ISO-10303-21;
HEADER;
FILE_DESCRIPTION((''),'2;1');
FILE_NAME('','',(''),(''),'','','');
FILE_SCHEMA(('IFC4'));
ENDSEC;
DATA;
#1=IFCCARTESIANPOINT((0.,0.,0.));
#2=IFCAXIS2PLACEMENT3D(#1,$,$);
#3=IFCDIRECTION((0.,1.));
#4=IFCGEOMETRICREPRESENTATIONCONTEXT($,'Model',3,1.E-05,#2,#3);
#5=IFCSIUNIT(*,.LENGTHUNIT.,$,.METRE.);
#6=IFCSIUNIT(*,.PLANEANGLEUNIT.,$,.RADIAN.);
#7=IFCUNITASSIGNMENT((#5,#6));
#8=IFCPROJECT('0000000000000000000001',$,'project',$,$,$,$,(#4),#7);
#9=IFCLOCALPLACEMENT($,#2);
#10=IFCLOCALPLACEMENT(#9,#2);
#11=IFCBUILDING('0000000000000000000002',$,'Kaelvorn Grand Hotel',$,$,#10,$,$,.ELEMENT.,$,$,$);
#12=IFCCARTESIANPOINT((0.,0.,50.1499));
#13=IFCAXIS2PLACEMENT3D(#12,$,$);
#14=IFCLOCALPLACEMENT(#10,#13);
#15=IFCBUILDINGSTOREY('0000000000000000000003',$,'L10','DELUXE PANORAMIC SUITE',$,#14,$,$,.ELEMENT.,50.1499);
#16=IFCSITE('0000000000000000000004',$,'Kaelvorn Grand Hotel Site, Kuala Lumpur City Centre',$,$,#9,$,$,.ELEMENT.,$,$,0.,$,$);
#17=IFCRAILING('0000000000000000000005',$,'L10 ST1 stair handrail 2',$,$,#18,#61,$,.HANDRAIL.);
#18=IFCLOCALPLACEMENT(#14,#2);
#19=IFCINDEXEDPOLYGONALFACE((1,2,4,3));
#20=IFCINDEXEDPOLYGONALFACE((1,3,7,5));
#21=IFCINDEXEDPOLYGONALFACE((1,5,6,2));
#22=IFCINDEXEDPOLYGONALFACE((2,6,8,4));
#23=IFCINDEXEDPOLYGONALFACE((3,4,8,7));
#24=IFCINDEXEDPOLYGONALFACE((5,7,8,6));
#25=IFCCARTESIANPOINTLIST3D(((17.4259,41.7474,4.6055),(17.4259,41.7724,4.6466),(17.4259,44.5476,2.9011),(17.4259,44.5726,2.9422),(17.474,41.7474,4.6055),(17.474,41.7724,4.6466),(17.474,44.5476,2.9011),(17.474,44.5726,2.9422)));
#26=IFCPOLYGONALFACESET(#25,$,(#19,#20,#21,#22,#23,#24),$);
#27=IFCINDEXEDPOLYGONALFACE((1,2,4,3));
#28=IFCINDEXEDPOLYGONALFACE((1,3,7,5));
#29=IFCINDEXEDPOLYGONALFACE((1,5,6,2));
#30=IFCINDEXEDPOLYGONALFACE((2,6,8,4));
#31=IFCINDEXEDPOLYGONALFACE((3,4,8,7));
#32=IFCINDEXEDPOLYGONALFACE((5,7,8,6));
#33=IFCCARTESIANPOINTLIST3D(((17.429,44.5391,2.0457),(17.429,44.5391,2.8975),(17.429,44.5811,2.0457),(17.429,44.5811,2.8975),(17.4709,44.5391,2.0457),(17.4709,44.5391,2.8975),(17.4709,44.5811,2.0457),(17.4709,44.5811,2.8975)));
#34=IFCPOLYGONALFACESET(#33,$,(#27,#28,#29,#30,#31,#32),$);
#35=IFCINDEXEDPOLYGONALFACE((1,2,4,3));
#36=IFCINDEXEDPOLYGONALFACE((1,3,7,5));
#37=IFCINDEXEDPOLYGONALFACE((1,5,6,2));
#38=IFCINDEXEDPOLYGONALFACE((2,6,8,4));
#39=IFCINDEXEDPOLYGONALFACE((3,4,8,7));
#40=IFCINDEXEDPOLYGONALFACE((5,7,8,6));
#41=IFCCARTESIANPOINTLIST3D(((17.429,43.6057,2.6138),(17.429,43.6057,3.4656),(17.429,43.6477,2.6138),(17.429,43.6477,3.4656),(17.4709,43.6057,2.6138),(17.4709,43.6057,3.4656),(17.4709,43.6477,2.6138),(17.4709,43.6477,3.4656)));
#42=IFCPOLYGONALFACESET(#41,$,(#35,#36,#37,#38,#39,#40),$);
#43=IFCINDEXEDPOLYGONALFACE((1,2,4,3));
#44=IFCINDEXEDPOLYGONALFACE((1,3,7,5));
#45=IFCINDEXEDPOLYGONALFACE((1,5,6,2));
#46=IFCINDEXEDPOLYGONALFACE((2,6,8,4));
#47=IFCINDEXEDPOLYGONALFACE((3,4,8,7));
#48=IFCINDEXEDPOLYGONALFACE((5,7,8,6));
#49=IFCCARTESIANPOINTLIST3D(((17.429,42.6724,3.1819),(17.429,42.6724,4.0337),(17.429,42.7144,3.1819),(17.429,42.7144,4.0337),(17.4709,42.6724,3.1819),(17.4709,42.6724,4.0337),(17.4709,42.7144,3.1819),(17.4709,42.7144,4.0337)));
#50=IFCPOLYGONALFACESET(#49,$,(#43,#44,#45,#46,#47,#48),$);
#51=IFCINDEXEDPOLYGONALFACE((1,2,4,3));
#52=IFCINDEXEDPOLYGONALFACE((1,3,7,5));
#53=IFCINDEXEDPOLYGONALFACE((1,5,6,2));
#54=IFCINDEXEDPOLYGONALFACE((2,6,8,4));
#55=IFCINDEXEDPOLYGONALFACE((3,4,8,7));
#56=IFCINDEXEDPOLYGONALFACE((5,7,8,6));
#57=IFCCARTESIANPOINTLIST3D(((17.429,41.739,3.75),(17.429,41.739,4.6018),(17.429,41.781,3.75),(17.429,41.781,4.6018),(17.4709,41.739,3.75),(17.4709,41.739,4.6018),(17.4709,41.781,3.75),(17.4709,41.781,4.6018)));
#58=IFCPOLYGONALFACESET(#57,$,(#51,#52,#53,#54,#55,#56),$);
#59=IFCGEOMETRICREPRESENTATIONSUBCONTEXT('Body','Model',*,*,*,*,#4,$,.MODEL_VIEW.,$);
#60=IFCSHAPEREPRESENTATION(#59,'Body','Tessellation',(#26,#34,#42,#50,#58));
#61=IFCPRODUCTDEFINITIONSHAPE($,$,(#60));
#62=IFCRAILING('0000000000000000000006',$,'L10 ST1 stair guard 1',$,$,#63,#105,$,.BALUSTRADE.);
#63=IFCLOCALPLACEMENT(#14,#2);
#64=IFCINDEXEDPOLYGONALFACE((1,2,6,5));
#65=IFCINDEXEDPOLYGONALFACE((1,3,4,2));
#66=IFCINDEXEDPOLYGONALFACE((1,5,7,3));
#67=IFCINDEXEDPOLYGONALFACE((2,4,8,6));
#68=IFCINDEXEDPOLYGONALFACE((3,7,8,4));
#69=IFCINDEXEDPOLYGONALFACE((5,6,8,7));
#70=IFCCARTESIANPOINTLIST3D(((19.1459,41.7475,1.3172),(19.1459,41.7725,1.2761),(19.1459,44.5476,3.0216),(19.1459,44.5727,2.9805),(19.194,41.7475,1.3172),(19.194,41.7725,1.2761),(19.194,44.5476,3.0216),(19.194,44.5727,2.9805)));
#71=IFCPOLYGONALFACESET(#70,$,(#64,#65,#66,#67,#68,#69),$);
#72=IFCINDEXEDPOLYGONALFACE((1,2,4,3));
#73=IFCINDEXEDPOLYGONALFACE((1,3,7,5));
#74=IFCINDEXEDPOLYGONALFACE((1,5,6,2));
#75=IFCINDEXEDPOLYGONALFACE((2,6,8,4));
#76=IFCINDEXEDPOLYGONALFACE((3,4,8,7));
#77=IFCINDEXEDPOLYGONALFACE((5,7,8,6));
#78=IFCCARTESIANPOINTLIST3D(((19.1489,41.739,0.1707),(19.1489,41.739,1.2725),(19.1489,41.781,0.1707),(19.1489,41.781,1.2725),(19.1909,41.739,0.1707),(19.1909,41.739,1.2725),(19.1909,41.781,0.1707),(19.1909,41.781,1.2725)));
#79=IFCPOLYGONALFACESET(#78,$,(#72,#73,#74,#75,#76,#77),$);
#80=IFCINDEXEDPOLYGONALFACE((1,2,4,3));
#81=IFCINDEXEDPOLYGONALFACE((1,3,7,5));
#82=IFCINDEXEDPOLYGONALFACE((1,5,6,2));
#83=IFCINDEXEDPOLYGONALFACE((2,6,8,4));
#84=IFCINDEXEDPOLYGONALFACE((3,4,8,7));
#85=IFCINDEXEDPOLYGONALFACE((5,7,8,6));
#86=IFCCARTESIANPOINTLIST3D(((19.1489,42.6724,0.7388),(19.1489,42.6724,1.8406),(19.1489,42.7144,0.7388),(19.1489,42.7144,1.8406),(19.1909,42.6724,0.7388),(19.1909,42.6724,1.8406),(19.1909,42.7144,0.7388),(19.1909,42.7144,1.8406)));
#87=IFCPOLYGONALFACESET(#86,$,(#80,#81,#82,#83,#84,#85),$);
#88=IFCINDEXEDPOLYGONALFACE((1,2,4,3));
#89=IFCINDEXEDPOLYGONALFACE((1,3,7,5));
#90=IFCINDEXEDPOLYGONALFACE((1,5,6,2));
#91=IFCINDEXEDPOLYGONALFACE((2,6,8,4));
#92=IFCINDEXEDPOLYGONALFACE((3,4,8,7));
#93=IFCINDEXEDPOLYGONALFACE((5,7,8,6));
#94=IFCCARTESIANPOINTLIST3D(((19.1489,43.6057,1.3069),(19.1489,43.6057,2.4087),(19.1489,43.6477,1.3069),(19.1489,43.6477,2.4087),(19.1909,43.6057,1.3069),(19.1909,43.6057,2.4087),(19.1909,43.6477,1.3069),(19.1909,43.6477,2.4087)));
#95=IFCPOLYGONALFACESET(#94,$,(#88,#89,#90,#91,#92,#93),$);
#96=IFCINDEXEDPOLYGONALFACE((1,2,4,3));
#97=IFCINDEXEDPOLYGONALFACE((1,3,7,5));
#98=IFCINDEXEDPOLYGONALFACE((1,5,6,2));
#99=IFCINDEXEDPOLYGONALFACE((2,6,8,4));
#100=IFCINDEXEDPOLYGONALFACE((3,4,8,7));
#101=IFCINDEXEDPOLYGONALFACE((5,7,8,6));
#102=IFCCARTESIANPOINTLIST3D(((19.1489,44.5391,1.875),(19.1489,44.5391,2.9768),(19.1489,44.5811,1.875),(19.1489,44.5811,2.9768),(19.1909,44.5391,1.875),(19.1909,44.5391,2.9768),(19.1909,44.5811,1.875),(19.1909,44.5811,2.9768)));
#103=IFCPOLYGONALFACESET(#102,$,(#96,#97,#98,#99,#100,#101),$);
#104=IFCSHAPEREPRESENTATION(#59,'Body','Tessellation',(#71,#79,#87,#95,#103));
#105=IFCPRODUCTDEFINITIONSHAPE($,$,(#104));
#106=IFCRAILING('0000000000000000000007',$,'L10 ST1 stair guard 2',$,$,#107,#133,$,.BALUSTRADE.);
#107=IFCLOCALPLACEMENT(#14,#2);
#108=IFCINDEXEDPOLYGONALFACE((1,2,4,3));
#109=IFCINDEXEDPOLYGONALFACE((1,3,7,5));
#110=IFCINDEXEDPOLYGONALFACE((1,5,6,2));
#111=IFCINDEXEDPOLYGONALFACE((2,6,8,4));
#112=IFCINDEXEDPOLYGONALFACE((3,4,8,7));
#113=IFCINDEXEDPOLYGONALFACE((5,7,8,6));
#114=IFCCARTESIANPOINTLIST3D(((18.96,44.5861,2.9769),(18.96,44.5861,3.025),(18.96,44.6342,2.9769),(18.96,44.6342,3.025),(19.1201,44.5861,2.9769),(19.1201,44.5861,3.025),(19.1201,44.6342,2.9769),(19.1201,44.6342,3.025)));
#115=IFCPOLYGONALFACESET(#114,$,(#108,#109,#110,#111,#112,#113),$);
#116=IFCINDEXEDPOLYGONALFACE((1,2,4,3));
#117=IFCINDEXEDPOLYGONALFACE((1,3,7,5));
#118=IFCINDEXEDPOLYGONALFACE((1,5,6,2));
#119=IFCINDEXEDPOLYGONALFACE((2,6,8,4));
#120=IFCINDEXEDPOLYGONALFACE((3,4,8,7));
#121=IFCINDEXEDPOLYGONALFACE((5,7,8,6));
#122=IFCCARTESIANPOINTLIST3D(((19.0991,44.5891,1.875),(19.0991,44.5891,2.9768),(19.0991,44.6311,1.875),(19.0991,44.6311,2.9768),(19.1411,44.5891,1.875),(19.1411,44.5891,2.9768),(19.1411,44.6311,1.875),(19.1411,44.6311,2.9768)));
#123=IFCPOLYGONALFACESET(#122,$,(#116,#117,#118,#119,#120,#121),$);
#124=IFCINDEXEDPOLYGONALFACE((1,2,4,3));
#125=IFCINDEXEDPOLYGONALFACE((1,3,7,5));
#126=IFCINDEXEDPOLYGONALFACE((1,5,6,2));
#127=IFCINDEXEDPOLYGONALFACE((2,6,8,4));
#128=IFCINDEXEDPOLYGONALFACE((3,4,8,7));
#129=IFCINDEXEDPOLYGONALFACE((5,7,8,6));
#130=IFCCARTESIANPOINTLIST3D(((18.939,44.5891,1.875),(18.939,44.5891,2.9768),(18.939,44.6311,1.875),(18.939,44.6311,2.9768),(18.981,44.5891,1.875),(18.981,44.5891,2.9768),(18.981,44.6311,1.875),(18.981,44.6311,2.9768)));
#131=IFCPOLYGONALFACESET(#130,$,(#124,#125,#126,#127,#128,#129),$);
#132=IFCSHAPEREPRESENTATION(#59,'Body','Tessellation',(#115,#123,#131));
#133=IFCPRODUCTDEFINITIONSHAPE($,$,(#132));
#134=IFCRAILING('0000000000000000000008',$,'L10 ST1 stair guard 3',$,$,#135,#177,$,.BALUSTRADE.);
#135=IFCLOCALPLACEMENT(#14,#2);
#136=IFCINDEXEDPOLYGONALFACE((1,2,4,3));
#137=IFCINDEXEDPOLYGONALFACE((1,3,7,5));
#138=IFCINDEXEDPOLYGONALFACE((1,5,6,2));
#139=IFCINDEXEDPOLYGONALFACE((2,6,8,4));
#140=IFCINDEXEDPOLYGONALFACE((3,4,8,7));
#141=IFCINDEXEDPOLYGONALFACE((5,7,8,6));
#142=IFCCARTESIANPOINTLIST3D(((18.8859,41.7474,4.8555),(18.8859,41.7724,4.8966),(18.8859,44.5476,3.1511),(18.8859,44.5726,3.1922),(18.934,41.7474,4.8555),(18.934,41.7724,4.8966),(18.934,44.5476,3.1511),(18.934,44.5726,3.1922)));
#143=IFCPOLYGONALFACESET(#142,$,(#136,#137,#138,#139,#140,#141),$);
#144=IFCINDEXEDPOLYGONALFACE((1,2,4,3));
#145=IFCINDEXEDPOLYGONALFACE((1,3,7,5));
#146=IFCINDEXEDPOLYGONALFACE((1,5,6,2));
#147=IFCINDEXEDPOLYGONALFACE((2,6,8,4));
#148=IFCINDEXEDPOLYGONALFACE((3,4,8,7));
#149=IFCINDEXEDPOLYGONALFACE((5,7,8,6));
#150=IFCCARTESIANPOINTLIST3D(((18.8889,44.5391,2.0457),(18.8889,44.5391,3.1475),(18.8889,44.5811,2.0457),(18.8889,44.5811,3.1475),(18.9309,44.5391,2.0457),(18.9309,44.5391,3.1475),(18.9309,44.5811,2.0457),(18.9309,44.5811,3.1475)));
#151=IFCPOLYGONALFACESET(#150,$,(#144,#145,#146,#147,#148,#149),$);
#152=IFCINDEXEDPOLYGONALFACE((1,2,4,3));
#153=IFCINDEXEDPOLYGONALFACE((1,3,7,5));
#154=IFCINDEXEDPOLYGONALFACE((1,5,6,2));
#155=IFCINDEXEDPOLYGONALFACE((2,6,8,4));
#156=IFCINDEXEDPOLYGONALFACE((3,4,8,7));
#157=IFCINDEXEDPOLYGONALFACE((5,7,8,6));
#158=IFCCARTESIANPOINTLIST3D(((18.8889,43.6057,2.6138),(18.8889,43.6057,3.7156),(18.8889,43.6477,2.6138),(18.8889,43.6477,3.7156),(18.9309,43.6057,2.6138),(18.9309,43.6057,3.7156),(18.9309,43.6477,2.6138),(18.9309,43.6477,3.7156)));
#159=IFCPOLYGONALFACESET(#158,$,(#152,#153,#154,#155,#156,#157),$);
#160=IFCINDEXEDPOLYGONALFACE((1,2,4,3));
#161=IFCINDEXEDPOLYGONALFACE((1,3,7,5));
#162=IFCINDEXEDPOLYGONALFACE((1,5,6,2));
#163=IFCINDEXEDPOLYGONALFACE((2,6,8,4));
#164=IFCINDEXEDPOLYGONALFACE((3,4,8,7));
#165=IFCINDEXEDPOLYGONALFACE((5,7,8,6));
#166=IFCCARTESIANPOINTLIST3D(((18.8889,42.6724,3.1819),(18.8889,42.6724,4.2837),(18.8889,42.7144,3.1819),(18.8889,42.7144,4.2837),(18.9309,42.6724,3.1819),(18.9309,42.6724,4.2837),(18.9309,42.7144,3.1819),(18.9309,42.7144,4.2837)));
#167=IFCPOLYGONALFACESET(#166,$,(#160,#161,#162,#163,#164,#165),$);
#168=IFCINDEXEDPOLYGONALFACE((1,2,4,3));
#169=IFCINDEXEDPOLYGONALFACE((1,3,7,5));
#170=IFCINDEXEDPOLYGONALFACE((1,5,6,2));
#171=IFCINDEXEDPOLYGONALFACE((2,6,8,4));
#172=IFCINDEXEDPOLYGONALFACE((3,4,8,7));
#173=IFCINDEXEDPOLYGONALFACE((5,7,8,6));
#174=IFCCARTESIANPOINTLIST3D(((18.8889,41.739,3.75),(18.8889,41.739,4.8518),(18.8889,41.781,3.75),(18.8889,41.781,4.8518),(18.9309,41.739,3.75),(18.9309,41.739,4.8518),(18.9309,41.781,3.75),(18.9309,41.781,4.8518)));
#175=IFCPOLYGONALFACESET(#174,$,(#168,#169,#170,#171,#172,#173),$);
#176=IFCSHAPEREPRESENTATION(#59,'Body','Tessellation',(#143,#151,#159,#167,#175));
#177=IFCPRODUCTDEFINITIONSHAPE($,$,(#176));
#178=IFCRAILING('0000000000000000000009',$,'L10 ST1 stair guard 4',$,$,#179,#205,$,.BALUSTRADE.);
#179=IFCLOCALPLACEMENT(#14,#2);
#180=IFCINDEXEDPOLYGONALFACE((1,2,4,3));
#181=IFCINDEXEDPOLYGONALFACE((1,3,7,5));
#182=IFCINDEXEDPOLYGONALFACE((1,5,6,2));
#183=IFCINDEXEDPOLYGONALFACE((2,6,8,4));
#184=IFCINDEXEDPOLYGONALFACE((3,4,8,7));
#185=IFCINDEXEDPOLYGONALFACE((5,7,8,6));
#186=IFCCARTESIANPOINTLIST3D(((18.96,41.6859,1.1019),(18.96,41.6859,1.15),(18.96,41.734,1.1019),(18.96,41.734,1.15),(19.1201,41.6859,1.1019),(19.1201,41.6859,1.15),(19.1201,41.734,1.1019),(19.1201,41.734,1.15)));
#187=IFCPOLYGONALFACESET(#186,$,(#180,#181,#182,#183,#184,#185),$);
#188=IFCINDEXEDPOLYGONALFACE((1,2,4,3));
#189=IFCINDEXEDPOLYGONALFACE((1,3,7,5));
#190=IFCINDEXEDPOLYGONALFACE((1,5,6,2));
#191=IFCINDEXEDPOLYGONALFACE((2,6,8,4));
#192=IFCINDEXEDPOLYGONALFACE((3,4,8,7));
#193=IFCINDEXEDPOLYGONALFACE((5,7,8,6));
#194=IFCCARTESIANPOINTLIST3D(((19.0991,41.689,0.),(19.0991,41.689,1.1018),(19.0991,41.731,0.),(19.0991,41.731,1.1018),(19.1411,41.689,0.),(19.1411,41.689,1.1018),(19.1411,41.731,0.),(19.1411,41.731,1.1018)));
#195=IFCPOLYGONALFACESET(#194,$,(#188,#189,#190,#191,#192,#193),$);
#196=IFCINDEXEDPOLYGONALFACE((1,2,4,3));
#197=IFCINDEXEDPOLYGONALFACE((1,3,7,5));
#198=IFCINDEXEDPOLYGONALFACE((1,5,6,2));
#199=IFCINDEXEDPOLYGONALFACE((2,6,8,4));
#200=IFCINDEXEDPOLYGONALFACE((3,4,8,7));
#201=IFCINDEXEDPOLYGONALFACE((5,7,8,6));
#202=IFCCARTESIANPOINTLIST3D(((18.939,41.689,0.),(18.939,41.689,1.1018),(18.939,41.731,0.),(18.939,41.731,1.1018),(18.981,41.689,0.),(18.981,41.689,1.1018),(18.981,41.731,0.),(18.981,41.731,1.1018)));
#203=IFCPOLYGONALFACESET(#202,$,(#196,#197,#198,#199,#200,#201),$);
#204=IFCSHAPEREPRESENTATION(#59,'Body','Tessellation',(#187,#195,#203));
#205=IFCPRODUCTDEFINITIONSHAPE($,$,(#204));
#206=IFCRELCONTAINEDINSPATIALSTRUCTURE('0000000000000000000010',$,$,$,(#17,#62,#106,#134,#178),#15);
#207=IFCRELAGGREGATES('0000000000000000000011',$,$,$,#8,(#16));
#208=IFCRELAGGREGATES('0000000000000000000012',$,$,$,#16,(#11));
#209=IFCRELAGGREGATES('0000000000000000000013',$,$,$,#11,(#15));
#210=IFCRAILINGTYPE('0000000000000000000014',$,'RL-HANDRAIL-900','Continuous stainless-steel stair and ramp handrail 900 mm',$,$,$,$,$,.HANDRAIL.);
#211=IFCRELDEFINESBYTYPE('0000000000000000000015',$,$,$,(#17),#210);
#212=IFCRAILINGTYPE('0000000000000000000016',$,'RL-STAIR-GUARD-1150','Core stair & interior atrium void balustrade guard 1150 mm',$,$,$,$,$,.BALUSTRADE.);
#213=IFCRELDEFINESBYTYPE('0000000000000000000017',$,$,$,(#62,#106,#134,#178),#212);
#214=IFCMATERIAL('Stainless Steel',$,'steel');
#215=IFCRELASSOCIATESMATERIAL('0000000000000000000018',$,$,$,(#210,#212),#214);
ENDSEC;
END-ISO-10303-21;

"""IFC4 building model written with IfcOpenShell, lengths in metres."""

from ifc_helpers import new_model, si_unit, direction, frame, origin, origin_2d, place, context, subcontext, project, spatial, rectangle, extrude, material, type_object, element, save


model = new_model("IFC4")

# Units and contexts
model_context = context("Model", 3, precision=1e-05, world=origin(), true_north=direction((0.0, 1.0)))
body_context = subcontext(model_context, "Body", "Model", "MODEL_VIEW")
ifc_project = project(units=[si_unit("LENGTHUNIT", "METRE"), si_unit("PLANEANGLEUNIT", "RADIAN")], contexts=[model_context])

# Site, building, storey
site_placement = place(None, origin())
site = spatial("IfcSite", under=ifc_project, at=site_placement, Name="Kaelvorn Grand Hotel Site, Kuala Lumpur City Centre", CompositionType="ELEMENT", RefElevation=0.0)
building_placement = place(site_placement, origin())
building = spatial("IfcBuilding", under=site, at=building_placement, Name="Kaelvorn Grand Hotel", CompositionType="ELEMENT")
storey_placement = place(building_placement, frame((0.0, 0.0, 50.1499)))
storey = spatial("IfcBuildingStorey", under=building, at=storey_placement, Name="L10", Description="DELUXE PANORAMIC SUITE", CompositionType="ELEMENT", Elevation=50.1499)

# Shared definitions
ifc_material_1 = material(Name="Stainless Steel", Category="steel")

# Railings
railing_type_1 = type_object("IfcRailingType", Name="RL-HANDRAIL-900", Description="Continuous stainless-steel stair and ramp handrail 900 mm", PredefinedType="HANDRAIL", material=ifc_material_1)
railing_1_placement = place(storey_placement, frame((17.45, 44.5601, 2.0457)))
element("IfcRailing", 1, at=railing_1_placement, inside=storey, type_object=railing_type_1, Name="L10 ST1 stair handrail 2", PredefinedType="HANDRAIL", context=body_context, shape_type="SweptSolid", body=[
    extrude(rectangle(XDim=0.0481, YDim=0.0481, at=origin_2d()), frame((0.0, 0.0, 0.876), z_axis=(0.0, -0.854203, 0.51994), x_axis=(1.0, 0.0, 0.0)), (0.0, 0.0, 1.0), 3.2781),
    extrude(rectangle(XDim=0.042, YDim=0.042, at=origin_2d()), origin(), (0.0, 0.0, 1.0), 0.8518),
    extrude(rectangle(XDim=0.042, YDim=0.042, at=origin_2d()), frame((0.0, -0.9333, 0.5681)), (0.0, 0.0, 1.0), 0.8518),
    extrude(rectangle(XDim=0.042, YDim=0.042, at=origin_2d()), frame((0.0, -1.8667, 1.1362)), (0.0, 0.0, 1.0), 0.8518),
    extrude(rectangle(XDim=0.042, YDim=0.042, at=origin_2d()), frame((0.0, -2.8, 1.7043)), (0.0, 0.0, 1.0), 0.8518),
])
railing_type_2 = type_object("IfcRailingType", Name="RL-STAIR-GUARD-1150", Description="Core stair & interior atrium void balustrade guard 1150 mm", PredefinedType="BALUSTRADE", material=ifc_material_1)
railing_2_placement = place(storey_placement, frame((19.1699, 41.76, 0.1707)))
element("IfcRailing", 2, at=railing_2_placement, inside=storey, type_object=railing_type_2, Name="L10 ST1 stair guard 1", PredefinedType="BALUSTRADE", context=body_context, shape_type="SweptSolid", body=[
    extrude(rectangle(XDim=0.0481, YDim=0.0481, at=origin_2d()), frame((0.0, 0.0, 1.126), z_axis=(0.0, 0.854203, 0.51994), x_axis=(-1.0, 0.0, 0.0)), (0.0, 0.0, 1.0), 3.2781),
    extrude(rectangle(XDim=0.042, YDim=0.042, at=origin_2d()), origin(), (0.0, 0.0, 1.0), 1.1018),
    extrude(rectangle(XDim=0.042, YDim=0.042, at=origin_2d()), frame((0.0, 0.9333, 0.5681)), (0.0, 0.0, 1.0), 1.1018),
    extrude(rectangle(XDim=0.042, YDim=0.042, at=origin_2d()), frame((0.0, 1.8667, 1.1362)), (0.0, 0.0, 1.0), 1.1018),
    extrude(rectangle(XDim=0.042, YDim=0.042, at=origin_2d()), frame((0.0, 2.8, 1.7043)), (0.0, 0.0, 1.0), 1.1018),
])
railing_3_placement = place(storey_placement, frame((19.1201, 44.6101, 1.875)))
element("IfcRailing", 3, at=railing_3_placement, inside=storey, type_object=railing_type_2, Name="L10 ST1 stair guard 2", PredefinedType="BALUSTRADE", context=body_context, shape_type="SweptSolid", body=[
    extrude(rectangle(XDim=0.0481, YDim=0.0481, at=origin_2d()), frame((0.0, 0.0, 1.126), z_axis=(-1.0, 0.0, 0.0), x_axis=(0.0, -1.0, 0.0)), (0.0, 0.0, 1.0), 0.1602),
    extrude(rectangle(XDim=0.042, YDim=0.042, at=origin_2d()), origin(), (0.0, 0.0, 1.0), 1.1018),
    extrude(rectangle(XDim=0.042, YDim=0.042, at=origin_2d()), frame((-0.1602, 0.0, 0.0)), (0.0, 0.0, 1.0), 1.1018),
])
railing_4_placement = place(storey_placement, frame((18.9099, 44.5601, 2.0457)))
element("IfcRailing", 4, at=railing_4_placement, inside=storey, type_object=railing_type_2, Name="L10 ST1 stair guard 3", PredefinedType="BALUSTRADE", context=body_context, shape_type="SweptSolid", body=[
    extrude(rectangle(XDim=0.0481, YDim=0.0481, at=origin_2d()), frame((0.0, 0.0, 1.126), z_axis=(0.0, -0.854203, 0.51994), x_axis=(1.0, 0.0, 0.0)), (0.0, 0.0, 1.0), 3.2781),
    extrude(rectangle(XDim=0.042, YDim=0.042, at=origin_2d()), origin(), (0.0, 0.0, 1.0), 1.1018),
    extrude(rectangle(XDim=0.042, YDim=0.042, at=origin_2d()), frame((0.0, -0.9333, 0.5681)), (0.0, 0.0, 1.0), 1.1018),
    extrude(rectangle(XDim=0.042, YDim=0.042, at=origin_2d()), frame((0.0, -1.8667, 1.1362)), (0.0, 0.0, 1.0), 1.1018),
    extrude(rectangle(XDim=0.042, YDim=0.042, at=origin_2d()), frame((0.0, -2.8, 1.7043)), (0.0, 0.0, 1.0), 1.1018),
])
railing_5_placement = place(storey_placement, frame((19.1201, 41.71, 0.0)))
element("IfcRailing", 5, at=railing_5_placement, inside=storey, type_object=railing_type_2, Name="L10 ST1 stair guard 4", PredefinedType="BALUSTRADE", context=body_context, shape_type="SweptSolid", body=[
    extrude(rectangle(XDim=0.0481, YDim=0.0481, at=origin_2d()), frame((0.0, 0.0, 1.126), z_axis=(-1.0, 0.0, 0.0), x_axis=(0.0, -1.0, 0.0)), (0.0, 0.0, 1.0), 0.1602),
    extrude(rectangle(XDim=0.042, YDim=0.042, at=origin_2d()), origin(), (0.0, 0.0, 1.0), 1.1018),
    extrude(rectangle(XDim=0.042, YDim=0.042, at=origin_2d()), frame((-0.1602, 0.0, 0.0)), (0.0, 0.0, 1.0), 1.1018),
])

save(model, "model.ifc")
